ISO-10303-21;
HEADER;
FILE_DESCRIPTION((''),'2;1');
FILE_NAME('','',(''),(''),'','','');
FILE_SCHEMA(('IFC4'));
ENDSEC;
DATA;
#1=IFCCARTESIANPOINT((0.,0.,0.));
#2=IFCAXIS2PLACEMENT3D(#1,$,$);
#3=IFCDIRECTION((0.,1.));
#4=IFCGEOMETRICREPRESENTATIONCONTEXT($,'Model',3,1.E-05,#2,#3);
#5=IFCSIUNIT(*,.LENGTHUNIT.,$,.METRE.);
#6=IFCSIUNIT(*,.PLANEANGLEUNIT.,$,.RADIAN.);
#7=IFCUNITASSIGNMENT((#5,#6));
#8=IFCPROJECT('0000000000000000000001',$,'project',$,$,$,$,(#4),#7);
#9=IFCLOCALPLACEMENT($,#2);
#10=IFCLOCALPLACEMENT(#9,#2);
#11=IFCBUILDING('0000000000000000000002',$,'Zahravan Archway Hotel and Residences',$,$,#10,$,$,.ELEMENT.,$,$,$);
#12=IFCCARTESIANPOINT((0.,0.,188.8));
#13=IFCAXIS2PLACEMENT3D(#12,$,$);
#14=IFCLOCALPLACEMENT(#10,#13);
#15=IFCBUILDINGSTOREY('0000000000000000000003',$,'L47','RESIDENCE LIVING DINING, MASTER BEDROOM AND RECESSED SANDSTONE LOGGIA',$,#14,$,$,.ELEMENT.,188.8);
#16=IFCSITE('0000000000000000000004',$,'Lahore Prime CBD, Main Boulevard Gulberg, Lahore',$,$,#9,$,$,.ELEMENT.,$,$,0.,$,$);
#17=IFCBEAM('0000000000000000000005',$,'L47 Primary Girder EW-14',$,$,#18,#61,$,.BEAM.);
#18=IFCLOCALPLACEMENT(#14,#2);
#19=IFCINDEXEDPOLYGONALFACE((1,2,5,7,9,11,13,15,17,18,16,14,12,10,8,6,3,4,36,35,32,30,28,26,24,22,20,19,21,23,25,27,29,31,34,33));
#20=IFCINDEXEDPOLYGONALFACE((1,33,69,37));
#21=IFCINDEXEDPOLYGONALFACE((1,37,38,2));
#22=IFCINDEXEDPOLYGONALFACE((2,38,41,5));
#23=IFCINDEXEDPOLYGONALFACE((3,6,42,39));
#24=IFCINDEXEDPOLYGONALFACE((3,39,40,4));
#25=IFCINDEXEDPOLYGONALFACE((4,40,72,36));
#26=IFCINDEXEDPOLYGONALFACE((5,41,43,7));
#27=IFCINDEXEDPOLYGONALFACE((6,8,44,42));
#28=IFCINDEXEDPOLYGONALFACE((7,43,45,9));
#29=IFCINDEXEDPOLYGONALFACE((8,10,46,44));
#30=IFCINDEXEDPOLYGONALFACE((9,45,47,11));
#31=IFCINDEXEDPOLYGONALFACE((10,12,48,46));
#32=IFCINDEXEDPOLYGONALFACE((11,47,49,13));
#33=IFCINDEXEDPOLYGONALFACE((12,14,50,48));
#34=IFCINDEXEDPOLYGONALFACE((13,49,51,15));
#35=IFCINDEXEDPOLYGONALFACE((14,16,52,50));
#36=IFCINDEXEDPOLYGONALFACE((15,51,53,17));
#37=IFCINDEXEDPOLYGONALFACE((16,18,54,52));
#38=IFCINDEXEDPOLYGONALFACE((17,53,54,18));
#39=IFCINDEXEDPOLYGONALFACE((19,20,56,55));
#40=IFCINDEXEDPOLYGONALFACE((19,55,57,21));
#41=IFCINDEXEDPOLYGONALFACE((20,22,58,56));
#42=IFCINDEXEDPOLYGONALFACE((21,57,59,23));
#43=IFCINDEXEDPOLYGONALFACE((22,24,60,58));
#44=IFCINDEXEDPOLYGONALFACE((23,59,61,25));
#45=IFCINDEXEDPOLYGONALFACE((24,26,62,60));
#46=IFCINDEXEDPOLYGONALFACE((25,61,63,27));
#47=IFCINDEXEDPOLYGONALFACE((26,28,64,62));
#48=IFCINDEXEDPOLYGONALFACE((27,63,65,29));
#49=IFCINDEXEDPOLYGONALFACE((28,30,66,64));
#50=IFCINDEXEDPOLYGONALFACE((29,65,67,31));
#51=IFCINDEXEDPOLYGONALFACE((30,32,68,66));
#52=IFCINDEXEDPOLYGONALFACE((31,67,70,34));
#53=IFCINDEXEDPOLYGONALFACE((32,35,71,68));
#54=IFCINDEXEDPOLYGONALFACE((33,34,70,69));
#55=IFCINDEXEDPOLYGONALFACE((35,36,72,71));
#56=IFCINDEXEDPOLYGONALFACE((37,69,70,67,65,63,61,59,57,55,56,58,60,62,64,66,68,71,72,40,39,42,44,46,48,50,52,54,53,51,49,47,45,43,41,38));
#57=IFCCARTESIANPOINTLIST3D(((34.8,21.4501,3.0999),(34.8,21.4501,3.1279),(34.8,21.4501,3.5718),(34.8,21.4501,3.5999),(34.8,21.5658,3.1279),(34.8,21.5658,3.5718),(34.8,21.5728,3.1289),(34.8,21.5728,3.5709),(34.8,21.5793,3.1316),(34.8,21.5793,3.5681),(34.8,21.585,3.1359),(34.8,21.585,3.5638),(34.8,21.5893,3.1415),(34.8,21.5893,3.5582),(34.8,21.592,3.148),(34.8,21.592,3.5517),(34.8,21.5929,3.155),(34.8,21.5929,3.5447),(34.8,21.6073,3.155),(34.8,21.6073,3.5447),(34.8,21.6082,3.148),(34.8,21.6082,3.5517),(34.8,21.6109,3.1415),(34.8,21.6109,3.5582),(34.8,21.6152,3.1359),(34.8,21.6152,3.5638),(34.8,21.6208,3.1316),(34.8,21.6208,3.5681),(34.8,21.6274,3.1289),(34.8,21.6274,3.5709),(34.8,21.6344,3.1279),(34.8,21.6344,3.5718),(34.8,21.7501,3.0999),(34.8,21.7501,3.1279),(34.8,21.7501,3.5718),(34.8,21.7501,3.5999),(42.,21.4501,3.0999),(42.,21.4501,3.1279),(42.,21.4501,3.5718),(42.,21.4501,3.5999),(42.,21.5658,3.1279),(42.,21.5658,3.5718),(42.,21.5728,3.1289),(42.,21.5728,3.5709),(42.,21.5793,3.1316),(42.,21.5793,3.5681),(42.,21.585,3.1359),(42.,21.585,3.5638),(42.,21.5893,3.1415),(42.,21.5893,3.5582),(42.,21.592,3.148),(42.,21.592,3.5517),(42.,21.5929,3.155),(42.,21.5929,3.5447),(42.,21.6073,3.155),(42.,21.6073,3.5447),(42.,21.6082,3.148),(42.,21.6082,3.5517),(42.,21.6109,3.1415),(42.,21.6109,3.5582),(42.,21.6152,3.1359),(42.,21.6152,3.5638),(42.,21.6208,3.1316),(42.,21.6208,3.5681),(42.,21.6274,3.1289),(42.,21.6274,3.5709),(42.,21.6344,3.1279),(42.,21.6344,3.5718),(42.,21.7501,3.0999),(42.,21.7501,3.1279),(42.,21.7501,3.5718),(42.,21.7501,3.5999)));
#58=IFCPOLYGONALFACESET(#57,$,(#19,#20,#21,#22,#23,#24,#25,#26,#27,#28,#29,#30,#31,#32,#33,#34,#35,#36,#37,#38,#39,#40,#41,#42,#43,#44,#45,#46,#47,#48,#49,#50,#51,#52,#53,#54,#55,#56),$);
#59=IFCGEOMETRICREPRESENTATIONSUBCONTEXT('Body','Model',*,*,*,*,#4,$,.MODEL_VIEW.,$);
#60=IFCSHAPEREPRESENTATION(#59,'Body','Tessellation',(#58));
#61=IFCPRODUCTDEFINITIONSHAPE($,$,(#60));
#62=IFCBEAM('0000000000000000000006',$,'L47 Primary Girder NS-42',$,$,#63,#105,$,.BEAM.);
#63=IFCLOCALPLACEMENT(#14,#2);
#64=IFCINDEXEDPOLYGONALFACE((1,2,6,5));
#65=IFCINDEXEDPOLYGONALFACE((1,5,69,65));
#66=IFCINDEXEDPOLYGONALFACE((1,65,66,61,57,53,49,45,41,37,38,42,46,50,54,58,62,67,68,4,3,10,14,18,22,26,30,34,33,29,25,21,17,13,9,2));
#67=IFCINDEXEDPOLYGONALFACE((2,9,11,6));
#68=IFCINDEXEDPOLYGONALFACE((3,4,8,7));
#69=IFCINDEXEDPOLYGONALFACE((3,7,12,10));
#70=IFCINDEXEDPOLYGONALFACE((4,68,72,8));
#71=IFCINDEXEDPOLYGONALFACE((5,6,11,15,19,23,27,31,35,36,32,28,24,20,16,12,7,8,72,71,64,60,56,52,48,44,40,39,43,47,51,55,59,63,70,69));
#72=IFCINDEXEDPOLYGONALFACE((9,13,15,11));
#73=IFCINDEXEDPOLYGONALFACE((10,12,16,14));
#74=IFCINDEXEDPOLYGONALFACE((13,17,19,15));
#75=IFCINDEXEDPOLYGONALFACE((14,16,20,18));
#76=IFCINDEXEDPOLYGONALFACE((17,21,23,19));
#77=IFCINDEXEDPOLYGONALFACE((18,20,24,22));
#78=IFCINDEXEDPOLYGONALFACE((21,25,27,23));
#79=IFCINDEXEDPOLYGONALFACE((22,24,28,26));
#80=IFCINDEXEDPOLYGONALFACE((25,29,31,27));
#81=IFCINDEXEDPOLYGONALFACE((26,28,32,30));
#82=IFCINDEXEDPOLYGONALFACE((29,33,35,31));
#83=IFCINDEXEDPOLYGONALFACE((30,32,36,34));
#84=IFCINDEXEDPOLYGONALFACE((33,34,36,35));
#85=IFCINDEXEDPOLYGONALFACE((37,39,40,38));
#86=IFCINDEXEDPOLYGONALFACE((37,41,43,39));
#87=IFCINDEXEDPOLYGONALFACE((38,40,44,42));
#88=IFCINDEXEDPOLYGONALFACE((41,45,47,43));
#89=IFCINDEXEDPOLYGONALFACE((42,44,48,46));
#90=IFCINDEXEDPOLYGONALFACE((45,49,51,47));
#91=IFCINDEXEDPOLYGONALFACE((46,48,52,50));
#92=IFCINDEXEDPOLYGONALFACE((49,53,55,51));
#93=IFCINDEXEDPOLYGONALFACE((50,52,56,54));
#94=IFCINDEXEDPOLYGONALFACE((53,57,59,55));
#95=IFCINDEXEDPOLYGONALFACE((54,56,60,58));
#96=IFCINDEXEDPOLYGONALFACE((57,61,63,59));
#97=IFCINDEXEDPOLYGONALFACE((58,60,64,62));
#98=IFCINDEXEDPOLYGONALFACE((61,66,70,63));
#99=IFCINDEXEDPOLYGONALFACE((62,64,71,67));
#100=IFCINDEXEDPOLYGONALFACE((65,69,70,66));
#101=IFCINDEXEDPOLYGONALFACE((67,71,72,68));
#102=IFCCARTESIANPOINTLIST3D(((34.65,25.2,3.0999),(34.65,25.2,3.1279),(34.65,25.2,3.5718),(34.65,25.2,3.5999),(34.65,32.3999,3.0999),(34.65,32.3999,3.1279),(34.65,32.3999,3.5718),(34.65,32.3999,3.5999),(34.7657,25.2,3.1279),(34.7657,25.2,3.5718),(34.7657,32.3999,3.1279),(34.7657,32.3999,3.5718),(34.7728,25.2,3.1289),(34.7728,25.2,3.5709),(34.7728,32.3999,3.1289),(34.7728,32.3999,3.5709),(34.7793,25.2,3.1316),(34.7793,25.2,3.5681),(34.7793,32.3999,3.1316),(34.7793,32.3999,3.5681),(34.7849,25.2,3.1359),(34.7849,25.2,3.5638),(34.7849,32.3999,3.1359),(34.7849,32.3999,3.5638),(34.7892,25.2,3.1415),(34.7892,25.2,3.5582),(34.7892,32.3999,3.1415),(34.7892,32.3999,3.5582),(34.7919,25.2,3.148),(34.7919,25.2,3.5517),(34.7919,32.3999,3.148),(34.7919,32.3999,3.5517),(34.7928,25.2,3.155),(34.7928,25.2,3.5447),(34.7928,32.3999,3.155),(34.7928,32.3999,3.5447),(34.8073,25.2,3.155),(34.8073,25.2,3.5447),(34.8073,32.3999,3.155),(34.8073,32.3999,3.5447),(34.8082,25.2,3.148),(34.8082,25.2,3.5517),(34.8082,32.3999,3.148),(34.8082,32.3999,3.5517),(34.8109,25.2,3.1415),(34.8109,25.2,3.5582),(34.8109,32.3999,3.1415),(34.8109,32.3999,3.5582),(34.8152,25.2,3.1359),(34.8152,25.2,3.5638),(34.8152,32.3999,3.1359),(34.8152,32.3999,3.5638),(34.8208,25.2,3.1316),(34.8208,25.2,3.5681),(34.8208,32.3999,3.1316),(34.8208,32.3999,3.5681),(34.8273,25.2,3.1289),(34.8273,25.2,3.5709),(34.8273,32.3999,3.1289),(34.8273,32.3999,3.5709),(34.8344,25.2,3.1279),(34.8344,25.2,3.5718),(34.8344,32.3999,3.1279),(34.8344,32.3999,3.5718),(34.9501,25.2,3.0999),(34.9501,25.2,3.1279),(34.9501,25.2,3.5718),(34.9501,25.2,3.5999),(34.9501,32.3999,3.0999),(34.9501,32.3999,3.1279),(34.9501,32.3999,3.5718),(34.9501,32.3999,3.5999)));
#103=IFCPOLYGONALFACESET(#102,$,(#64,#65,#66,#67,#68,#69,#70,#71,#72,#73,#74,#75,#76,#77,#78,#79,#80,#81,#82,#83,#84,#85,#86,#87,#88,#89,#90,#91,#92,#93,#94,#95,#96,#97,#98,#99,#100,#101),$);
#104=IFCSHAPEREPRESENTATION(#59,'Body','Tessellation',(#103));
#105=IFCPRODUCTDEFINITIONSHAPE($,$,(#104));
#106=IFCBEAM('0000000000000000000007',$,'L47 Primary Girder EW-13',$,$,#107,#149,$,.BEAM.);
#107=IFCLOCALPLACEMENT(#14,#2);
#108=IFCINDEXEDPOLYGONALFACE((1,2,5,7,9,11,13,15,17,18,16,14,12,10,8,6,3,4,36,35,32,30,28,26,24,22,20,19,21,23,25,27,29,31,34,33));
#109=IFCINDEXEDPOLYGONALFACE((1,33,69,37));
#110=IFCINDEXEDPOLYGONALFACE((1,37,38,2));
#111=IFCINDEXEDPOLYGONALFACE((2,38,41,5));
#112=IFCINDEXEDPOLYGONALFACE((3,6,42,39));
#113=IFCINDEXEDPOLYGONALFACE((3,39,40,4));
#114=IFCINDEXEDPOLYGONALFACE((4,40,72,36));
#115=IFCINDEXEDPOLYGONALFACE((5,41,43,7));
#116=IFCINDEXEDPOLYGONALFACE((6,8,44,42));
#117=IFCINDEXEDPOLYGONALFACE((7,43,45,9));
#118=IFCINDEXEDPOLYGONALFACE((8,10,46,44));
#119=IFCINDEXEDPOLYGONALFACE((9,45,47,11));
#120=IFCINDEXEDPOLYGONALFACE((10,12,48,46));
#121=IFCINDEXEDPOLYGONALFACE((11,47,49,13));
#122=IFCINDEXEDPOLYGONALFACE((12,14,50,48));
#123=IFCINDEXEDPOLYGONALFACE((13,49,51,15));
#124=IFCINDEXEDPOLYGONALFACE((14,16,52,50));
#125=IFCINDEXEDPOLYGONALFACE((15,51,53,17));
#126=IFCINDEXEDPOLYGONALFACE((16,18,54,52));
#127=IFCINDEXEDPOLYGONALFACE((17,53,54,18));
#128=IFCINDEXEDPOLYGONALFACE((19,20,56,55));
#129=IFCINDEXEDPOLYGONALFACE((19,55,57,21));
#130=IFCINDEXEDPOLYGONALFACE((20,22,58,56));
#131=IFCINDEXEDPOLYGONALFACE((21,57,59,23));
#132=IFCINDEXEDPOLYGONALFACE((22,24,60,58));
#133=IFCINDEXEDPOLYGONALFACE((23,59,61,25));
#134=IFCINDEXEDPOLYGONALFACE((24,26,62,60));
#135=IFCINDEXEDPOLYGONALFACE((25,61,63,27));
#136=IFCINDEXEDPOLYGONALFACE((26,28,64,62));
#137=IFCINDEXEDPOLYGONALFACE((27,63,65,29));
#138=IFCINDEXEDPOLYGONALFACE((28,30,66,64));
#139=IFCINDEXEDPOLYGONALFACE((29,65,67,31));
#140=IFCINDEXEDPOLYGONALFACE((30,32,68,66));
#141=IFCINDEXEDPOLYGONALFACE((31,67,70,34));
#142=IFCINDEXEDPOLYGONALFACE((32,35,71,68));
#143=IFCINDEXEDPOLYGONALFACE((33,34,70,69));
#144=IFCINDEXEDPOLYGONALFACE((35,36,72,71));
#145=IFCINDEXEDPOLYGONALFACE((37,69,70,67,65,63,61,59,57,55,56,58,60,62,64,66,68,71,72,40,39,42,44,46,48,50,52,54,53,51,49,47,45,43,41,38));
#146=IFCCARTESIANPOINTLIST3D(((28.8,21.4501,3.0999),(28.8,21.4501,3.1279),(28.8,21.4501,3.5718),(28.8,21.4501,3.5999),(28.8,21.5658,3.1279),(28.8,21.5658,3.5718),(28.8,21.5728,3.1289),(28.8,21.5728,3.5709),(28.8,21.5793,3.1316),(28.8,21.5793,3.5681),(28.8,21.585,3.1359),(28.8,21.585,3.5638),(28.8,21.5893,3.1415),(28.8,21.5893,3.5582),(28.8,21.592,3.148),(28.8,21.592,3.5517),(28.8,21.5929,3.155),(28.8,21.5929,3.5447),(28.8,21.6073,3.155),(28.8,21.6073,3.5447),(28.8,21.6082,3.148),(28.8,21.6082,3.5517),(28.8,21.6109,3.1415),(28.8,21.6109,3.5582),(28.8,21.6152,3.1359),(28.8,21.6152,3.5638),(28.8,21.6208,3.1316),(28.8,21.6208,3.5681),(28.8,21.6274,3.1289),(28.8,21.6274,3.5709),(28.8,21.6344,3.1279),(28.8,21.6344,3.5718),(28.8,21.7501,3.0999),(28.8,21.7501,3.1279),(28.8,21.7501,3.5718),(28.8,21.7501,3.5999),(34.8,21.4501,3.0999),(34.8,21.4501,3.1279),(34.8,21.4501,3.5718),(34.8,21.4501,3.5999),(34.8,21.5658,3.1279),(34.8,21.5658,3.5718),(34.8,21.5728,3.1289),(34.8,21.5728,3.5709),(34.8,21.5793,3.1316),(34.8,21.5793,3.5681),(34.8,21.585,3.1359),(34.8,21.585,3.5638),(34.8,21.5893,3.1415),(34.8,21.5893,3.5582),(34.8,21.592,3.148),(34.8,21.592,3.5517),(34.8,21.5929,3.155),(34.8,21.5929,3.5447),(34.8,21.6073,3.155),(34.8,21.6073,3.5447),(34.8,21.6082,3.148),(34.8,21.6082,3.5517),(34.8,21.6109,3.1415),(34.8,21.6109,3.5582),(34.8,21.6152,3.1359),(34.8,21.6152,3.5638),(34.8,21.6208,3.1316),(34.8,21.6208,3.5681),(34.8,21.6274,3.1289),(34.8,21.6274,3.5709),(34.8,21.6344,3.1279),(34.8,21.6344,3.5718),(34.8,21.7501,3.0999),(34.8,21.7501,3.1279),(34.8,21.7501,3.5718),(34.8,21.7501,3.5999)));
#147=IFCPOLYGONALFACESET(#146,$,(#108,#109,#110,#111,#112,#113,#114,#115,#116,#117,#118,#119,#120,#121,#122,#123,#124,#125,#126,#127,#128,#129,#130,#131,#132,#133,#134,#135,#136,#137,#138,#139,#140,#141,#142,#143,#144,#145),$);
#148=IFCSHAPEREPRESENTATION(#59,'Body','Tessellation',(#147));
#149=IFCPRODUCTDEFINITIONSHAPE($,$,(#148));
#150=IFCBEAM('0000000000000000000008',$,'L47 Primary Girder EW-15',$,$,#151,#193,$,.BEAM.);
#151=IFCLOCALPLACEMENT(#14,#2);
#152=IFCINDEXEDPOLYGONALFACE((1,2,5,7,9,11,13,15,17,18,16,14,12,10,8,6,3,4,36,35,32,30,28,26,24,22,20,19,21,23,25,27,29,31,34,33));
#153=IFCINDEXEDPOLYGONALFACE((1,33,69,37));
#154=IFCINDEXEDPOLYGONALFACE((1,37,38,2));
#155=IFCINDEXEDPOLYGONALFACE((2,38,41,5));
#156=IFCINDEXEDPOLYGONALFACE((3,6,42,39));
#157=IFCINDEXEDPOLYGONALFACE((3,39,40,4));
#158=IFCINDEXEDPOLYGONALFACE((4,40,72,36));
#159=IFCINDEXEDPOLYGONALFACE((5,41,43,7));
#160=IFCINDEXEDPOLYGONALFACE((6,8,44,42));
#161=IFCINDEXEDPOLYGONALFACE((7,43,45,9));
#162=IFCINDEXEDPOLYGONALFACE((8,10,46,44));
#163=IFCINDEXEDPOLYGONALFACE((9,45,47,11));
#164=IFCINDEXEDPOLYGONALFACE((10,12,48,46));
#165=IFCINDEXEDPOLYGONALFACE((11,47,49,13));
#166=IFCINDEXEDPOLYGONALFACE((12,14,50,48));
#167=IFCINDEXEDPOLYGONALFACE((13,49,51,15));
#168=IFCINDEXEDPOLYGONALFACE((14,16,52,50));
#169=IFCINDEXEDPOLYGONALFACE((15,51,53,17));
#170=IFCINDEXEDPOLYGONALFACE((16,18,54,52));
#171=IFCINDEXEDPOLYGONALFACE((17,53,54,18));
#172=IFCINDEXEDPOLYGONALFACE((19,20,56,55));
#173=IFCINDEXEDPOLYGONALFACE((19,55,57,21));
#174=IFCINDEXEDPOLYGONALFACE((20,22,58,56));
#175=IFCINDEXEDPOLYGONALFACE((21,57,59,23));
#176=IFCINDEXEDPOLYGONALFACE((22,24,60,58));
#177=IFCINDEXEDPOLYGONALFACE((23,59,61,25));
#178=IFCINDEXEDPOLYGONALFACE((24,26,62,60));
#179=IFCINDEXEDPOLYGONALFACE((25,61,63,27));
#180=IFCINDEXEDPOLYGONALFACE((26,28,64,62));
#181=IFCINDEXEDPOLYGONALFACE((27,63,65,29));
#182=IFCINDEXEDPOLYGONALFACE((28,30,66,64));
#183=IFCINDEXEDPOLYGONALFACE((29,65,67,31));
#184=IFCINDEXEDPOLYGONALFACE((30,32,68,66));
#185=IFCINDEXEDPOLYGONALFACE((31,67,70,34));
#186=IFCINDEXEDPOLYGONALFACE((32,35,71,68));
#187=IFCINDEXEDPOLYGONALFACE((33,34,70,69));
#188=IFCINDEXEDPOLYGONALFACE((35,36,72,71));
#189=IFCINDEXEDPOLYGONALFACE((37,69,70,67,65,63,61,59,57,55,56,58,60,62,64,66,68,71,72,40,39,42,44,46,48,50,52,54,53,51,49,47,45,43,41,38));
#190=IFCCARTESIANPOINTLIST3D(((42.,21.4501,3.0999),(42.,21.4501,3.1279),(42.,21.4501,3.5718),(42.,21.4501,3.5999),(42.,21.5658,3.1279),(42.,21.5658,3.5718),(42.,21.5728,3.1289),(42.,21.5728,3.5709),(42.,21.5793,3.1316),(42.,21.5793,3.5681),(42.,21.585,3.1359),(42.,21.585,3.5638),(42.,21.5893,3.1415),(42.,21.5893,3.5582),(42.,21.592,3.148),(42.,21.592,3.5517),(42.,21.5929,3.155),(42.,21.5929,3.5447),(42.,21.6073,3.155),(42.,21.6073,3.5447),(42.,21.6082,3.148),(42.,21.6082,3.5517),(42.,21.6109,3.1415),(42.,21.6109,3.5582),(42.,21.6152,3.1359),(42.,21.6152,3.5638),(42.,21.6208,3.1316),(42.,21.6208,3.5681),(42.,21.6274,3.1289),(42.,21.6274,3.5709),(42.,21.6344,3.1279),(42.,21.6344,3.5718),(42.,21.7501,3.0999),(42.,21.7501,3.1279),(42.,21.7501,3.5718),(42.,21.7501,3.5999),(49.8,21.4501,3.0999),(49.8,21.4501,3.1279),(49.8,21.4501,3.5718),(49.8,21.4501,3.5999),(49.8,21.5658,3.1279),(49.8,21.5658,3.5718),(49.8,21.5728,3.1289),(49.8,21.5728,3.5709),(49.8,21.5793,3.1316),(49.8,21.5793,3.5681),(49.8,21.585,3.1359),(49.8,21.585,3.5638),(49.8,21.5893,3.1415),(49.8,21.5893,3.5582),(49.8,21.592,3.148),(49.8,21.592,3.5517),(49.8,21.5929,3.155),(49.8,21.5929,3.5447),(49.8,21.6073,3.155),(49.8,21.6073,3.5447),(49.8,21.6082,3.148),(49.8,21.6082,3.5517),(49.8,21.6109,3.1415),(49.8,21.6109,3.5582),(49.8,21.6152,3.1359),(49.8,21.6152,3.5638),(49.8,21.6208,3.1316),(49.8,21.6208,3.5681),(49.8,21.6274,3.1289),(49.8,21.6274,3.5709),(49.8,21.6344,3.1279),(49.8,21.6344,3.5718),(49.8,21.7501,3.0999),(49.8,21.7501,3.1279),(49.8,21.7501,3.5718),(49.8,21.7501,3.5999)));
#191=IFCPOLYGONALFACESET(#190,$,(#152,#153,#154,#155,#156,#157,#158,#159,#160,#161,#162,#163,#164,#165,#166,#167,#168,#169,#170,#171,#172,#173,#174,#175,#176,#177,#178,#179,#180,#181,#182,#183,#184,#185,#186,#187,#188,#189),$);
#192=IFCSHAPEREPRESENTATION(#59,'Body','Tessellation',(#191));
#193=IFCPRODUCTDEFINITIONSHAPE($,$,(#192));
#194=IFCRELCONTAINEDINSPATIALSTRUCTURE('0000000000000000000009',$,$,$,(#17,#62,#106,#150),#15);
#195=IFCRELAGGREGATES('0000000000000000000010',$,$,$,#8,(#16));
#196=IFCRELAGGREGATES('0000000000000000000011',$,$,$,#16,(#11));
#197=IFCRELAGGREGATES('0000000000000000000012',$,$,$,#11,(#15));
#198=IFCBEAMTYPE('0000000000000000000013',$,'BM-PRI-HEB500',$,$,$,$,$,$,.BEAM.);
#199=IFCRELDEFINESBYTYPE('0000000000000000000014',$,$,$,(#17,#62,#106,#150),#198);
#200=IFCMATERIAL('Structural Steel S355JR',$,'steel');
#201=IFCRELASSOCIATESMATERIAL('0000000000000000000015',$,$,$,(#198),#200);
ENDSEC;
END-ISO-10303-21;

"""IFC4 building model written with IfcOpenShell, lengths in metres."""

from ifc_helpers import new_model, si_unit, direction, frame, origin, origin_2d, place, context, subcontext, project, spatial, i_section, extrude, source, transform, mapped, material, material_profile, profile_set, type_object, element, save


model = new_model("IFC4")

# Units and contexts
model_context = context("Model", 3, precision=1e-05, world=origin(), true_north=direction((0.0, 1.0)))
body_context = subcontext(model_context, "Body", "Model", "MODEL_VIEW")
ifc_project = project(units=[si_unit("LENGTHUNIT", "METRE"), si_unit("PLANEANGLEUNIT", "RADIAN")], contexts=[model_context])

# Site, building, storey
site_placement = place(None, origin())
site = spatial("IfcSite", under=ifc_project, at=site_placement, Name="Lahore Prime CBD, Main Boulevard Gulberg, Lahore", CompositionType="ELEMENT", RefElevation=0.0)
building_placement = place(site_placement, origin())
building = spatial("IfcBuilding", under=site, at=building_placement, Name="Zahravan Archway Hotel and Residences", CompositionType="ELEMENT")
storey_placement = place(building_placement, frame((0.0, 0.0, 188.8)))
storey = spatial("IfcBuildingStorey", under=building, at=storey_placement, Name="L47", Description="RESIDENCE LIVING DINING, MASTER BEDROOM AND RECESSED SANDSTONE LOGGIA", CompositionType="ELEMENT", Elevation=188.8)

# Beams
ifc_material_1 = material(Name="Structural Steel S355JR", Category="steel")
ifc_material_profile_1 = material_profile(ifc_material_1, i_section(OverallWidth=0.3, OverallDepth=0.5, WebThickness=0.0144, FlangeThickness=0.0281, FilletRadius=0.0271, at=origin_2d()), Name="HEB 500", Category="steel")
ifc_profile_set_1 = profile_set([ifc_material_profile_1], Name="Structural Steel S355JR")
beam_type_1 = type_object("IfcBeamType", Name="BM-PRI-HEB500", PredefinedType="BEAM", material=ifc_profile_set_1)
shared_shape_1 = source(origin(), body_context, "Body", "SweptSolid", [
    extrude(i_section(OverallWidth=0.3, OverallDepth=0.5, WebThickness=0.0144, FlangeThickness=0.0281, FilletRadius=0.0271, at=origin_2d()), origin(), (0.0, 0.0, 1.0), 7.2),
])
for number, where, z_axis, x_axis, name in (
    (1, (34.8, 21.6001, 3.3499), (1.0, 0.0, 0.0), (0.0, 1.0, 0.0), "L47 Primary Girder EW-14"),
    (2, (34.8, 25.2, 3.3499), (0.0, 1.0, 0.0), (-1.0, 0.0, 0.0), "L47 Primary Girder NS-42"),
):
    element("IfcBeam", number, at=place(storey_placement, frame(where, z_axis=z_axis, x_axis=x_axis)), inside=storey, type_object=beam_type_1, Name=name, PredefinedType="BEAM", context=body_context, shape_type="MappedRepresentation", body=[
        mapped(shared_shape_1, transform((0.0, 0.0, 0.0), scale=1.0)),
    ])
shared_shape_2 = source(origin(), body_context, "Body", "SweptSolid", [
    extrude(i_section(OverallWidth=0.3, OverallDepth=0.5, WebThickness=0.0144, FlangeThickness=0.0281, FilletRadius=0.0271, at=origin_2d()), origin(), (0.0, 0.0, 1.0), 6.0),
])
beam_1_placement = place(storey_placement, frame((28.8, 21.6001, 3.3499), z_axis=(1.0, 0.0, 0.0), x_axis=(0.0, 1.0, 0.0)))
element("IfcBeam", 3, at=beam_1_placement, inside=storey, type_object=beam_type_1, Name="L47 Primary Girder EW-13", PredefinedType="BEAM", context=body_context, shape_type="MappedRepresentation", body=[
    mapped(shared_shape_2, transform((0.0, 0.0, 0.0), scale=1.0)),
])
shared_shape_3 = source(origin(), body_context, "Body", "SweptSolid", [
    extrude(i_section(OverallWidth=0.3, OverallDepth=0.5, WebThickness=0.0144, FlangeThickness=0.0281, FilletRadius=0.0271, at=origin_2d()), origin(), (0.0, 0.0, 1.0), 7.8),
])
beam_2_placement = place(storey_placement, frame((42.0, 21.6001, 3.3499), z_axis=(1.0, 0.0, 0.0), x_axis=(0.0, 1.0, 0.0)))
element("IfcBeam", 4, at=beam_2_placement, inside=storey, type_object=beam_type_1, Name="L47 Primary Girder EW-15", PredefinedType="BEAM", context=body_context, shape_type="MappedRepresentation", body=[
    mapped(shared_shape_3, transform((0.0, 0.0, 0.0), scale=1.0)),
])

save(model, "model.ifc")
